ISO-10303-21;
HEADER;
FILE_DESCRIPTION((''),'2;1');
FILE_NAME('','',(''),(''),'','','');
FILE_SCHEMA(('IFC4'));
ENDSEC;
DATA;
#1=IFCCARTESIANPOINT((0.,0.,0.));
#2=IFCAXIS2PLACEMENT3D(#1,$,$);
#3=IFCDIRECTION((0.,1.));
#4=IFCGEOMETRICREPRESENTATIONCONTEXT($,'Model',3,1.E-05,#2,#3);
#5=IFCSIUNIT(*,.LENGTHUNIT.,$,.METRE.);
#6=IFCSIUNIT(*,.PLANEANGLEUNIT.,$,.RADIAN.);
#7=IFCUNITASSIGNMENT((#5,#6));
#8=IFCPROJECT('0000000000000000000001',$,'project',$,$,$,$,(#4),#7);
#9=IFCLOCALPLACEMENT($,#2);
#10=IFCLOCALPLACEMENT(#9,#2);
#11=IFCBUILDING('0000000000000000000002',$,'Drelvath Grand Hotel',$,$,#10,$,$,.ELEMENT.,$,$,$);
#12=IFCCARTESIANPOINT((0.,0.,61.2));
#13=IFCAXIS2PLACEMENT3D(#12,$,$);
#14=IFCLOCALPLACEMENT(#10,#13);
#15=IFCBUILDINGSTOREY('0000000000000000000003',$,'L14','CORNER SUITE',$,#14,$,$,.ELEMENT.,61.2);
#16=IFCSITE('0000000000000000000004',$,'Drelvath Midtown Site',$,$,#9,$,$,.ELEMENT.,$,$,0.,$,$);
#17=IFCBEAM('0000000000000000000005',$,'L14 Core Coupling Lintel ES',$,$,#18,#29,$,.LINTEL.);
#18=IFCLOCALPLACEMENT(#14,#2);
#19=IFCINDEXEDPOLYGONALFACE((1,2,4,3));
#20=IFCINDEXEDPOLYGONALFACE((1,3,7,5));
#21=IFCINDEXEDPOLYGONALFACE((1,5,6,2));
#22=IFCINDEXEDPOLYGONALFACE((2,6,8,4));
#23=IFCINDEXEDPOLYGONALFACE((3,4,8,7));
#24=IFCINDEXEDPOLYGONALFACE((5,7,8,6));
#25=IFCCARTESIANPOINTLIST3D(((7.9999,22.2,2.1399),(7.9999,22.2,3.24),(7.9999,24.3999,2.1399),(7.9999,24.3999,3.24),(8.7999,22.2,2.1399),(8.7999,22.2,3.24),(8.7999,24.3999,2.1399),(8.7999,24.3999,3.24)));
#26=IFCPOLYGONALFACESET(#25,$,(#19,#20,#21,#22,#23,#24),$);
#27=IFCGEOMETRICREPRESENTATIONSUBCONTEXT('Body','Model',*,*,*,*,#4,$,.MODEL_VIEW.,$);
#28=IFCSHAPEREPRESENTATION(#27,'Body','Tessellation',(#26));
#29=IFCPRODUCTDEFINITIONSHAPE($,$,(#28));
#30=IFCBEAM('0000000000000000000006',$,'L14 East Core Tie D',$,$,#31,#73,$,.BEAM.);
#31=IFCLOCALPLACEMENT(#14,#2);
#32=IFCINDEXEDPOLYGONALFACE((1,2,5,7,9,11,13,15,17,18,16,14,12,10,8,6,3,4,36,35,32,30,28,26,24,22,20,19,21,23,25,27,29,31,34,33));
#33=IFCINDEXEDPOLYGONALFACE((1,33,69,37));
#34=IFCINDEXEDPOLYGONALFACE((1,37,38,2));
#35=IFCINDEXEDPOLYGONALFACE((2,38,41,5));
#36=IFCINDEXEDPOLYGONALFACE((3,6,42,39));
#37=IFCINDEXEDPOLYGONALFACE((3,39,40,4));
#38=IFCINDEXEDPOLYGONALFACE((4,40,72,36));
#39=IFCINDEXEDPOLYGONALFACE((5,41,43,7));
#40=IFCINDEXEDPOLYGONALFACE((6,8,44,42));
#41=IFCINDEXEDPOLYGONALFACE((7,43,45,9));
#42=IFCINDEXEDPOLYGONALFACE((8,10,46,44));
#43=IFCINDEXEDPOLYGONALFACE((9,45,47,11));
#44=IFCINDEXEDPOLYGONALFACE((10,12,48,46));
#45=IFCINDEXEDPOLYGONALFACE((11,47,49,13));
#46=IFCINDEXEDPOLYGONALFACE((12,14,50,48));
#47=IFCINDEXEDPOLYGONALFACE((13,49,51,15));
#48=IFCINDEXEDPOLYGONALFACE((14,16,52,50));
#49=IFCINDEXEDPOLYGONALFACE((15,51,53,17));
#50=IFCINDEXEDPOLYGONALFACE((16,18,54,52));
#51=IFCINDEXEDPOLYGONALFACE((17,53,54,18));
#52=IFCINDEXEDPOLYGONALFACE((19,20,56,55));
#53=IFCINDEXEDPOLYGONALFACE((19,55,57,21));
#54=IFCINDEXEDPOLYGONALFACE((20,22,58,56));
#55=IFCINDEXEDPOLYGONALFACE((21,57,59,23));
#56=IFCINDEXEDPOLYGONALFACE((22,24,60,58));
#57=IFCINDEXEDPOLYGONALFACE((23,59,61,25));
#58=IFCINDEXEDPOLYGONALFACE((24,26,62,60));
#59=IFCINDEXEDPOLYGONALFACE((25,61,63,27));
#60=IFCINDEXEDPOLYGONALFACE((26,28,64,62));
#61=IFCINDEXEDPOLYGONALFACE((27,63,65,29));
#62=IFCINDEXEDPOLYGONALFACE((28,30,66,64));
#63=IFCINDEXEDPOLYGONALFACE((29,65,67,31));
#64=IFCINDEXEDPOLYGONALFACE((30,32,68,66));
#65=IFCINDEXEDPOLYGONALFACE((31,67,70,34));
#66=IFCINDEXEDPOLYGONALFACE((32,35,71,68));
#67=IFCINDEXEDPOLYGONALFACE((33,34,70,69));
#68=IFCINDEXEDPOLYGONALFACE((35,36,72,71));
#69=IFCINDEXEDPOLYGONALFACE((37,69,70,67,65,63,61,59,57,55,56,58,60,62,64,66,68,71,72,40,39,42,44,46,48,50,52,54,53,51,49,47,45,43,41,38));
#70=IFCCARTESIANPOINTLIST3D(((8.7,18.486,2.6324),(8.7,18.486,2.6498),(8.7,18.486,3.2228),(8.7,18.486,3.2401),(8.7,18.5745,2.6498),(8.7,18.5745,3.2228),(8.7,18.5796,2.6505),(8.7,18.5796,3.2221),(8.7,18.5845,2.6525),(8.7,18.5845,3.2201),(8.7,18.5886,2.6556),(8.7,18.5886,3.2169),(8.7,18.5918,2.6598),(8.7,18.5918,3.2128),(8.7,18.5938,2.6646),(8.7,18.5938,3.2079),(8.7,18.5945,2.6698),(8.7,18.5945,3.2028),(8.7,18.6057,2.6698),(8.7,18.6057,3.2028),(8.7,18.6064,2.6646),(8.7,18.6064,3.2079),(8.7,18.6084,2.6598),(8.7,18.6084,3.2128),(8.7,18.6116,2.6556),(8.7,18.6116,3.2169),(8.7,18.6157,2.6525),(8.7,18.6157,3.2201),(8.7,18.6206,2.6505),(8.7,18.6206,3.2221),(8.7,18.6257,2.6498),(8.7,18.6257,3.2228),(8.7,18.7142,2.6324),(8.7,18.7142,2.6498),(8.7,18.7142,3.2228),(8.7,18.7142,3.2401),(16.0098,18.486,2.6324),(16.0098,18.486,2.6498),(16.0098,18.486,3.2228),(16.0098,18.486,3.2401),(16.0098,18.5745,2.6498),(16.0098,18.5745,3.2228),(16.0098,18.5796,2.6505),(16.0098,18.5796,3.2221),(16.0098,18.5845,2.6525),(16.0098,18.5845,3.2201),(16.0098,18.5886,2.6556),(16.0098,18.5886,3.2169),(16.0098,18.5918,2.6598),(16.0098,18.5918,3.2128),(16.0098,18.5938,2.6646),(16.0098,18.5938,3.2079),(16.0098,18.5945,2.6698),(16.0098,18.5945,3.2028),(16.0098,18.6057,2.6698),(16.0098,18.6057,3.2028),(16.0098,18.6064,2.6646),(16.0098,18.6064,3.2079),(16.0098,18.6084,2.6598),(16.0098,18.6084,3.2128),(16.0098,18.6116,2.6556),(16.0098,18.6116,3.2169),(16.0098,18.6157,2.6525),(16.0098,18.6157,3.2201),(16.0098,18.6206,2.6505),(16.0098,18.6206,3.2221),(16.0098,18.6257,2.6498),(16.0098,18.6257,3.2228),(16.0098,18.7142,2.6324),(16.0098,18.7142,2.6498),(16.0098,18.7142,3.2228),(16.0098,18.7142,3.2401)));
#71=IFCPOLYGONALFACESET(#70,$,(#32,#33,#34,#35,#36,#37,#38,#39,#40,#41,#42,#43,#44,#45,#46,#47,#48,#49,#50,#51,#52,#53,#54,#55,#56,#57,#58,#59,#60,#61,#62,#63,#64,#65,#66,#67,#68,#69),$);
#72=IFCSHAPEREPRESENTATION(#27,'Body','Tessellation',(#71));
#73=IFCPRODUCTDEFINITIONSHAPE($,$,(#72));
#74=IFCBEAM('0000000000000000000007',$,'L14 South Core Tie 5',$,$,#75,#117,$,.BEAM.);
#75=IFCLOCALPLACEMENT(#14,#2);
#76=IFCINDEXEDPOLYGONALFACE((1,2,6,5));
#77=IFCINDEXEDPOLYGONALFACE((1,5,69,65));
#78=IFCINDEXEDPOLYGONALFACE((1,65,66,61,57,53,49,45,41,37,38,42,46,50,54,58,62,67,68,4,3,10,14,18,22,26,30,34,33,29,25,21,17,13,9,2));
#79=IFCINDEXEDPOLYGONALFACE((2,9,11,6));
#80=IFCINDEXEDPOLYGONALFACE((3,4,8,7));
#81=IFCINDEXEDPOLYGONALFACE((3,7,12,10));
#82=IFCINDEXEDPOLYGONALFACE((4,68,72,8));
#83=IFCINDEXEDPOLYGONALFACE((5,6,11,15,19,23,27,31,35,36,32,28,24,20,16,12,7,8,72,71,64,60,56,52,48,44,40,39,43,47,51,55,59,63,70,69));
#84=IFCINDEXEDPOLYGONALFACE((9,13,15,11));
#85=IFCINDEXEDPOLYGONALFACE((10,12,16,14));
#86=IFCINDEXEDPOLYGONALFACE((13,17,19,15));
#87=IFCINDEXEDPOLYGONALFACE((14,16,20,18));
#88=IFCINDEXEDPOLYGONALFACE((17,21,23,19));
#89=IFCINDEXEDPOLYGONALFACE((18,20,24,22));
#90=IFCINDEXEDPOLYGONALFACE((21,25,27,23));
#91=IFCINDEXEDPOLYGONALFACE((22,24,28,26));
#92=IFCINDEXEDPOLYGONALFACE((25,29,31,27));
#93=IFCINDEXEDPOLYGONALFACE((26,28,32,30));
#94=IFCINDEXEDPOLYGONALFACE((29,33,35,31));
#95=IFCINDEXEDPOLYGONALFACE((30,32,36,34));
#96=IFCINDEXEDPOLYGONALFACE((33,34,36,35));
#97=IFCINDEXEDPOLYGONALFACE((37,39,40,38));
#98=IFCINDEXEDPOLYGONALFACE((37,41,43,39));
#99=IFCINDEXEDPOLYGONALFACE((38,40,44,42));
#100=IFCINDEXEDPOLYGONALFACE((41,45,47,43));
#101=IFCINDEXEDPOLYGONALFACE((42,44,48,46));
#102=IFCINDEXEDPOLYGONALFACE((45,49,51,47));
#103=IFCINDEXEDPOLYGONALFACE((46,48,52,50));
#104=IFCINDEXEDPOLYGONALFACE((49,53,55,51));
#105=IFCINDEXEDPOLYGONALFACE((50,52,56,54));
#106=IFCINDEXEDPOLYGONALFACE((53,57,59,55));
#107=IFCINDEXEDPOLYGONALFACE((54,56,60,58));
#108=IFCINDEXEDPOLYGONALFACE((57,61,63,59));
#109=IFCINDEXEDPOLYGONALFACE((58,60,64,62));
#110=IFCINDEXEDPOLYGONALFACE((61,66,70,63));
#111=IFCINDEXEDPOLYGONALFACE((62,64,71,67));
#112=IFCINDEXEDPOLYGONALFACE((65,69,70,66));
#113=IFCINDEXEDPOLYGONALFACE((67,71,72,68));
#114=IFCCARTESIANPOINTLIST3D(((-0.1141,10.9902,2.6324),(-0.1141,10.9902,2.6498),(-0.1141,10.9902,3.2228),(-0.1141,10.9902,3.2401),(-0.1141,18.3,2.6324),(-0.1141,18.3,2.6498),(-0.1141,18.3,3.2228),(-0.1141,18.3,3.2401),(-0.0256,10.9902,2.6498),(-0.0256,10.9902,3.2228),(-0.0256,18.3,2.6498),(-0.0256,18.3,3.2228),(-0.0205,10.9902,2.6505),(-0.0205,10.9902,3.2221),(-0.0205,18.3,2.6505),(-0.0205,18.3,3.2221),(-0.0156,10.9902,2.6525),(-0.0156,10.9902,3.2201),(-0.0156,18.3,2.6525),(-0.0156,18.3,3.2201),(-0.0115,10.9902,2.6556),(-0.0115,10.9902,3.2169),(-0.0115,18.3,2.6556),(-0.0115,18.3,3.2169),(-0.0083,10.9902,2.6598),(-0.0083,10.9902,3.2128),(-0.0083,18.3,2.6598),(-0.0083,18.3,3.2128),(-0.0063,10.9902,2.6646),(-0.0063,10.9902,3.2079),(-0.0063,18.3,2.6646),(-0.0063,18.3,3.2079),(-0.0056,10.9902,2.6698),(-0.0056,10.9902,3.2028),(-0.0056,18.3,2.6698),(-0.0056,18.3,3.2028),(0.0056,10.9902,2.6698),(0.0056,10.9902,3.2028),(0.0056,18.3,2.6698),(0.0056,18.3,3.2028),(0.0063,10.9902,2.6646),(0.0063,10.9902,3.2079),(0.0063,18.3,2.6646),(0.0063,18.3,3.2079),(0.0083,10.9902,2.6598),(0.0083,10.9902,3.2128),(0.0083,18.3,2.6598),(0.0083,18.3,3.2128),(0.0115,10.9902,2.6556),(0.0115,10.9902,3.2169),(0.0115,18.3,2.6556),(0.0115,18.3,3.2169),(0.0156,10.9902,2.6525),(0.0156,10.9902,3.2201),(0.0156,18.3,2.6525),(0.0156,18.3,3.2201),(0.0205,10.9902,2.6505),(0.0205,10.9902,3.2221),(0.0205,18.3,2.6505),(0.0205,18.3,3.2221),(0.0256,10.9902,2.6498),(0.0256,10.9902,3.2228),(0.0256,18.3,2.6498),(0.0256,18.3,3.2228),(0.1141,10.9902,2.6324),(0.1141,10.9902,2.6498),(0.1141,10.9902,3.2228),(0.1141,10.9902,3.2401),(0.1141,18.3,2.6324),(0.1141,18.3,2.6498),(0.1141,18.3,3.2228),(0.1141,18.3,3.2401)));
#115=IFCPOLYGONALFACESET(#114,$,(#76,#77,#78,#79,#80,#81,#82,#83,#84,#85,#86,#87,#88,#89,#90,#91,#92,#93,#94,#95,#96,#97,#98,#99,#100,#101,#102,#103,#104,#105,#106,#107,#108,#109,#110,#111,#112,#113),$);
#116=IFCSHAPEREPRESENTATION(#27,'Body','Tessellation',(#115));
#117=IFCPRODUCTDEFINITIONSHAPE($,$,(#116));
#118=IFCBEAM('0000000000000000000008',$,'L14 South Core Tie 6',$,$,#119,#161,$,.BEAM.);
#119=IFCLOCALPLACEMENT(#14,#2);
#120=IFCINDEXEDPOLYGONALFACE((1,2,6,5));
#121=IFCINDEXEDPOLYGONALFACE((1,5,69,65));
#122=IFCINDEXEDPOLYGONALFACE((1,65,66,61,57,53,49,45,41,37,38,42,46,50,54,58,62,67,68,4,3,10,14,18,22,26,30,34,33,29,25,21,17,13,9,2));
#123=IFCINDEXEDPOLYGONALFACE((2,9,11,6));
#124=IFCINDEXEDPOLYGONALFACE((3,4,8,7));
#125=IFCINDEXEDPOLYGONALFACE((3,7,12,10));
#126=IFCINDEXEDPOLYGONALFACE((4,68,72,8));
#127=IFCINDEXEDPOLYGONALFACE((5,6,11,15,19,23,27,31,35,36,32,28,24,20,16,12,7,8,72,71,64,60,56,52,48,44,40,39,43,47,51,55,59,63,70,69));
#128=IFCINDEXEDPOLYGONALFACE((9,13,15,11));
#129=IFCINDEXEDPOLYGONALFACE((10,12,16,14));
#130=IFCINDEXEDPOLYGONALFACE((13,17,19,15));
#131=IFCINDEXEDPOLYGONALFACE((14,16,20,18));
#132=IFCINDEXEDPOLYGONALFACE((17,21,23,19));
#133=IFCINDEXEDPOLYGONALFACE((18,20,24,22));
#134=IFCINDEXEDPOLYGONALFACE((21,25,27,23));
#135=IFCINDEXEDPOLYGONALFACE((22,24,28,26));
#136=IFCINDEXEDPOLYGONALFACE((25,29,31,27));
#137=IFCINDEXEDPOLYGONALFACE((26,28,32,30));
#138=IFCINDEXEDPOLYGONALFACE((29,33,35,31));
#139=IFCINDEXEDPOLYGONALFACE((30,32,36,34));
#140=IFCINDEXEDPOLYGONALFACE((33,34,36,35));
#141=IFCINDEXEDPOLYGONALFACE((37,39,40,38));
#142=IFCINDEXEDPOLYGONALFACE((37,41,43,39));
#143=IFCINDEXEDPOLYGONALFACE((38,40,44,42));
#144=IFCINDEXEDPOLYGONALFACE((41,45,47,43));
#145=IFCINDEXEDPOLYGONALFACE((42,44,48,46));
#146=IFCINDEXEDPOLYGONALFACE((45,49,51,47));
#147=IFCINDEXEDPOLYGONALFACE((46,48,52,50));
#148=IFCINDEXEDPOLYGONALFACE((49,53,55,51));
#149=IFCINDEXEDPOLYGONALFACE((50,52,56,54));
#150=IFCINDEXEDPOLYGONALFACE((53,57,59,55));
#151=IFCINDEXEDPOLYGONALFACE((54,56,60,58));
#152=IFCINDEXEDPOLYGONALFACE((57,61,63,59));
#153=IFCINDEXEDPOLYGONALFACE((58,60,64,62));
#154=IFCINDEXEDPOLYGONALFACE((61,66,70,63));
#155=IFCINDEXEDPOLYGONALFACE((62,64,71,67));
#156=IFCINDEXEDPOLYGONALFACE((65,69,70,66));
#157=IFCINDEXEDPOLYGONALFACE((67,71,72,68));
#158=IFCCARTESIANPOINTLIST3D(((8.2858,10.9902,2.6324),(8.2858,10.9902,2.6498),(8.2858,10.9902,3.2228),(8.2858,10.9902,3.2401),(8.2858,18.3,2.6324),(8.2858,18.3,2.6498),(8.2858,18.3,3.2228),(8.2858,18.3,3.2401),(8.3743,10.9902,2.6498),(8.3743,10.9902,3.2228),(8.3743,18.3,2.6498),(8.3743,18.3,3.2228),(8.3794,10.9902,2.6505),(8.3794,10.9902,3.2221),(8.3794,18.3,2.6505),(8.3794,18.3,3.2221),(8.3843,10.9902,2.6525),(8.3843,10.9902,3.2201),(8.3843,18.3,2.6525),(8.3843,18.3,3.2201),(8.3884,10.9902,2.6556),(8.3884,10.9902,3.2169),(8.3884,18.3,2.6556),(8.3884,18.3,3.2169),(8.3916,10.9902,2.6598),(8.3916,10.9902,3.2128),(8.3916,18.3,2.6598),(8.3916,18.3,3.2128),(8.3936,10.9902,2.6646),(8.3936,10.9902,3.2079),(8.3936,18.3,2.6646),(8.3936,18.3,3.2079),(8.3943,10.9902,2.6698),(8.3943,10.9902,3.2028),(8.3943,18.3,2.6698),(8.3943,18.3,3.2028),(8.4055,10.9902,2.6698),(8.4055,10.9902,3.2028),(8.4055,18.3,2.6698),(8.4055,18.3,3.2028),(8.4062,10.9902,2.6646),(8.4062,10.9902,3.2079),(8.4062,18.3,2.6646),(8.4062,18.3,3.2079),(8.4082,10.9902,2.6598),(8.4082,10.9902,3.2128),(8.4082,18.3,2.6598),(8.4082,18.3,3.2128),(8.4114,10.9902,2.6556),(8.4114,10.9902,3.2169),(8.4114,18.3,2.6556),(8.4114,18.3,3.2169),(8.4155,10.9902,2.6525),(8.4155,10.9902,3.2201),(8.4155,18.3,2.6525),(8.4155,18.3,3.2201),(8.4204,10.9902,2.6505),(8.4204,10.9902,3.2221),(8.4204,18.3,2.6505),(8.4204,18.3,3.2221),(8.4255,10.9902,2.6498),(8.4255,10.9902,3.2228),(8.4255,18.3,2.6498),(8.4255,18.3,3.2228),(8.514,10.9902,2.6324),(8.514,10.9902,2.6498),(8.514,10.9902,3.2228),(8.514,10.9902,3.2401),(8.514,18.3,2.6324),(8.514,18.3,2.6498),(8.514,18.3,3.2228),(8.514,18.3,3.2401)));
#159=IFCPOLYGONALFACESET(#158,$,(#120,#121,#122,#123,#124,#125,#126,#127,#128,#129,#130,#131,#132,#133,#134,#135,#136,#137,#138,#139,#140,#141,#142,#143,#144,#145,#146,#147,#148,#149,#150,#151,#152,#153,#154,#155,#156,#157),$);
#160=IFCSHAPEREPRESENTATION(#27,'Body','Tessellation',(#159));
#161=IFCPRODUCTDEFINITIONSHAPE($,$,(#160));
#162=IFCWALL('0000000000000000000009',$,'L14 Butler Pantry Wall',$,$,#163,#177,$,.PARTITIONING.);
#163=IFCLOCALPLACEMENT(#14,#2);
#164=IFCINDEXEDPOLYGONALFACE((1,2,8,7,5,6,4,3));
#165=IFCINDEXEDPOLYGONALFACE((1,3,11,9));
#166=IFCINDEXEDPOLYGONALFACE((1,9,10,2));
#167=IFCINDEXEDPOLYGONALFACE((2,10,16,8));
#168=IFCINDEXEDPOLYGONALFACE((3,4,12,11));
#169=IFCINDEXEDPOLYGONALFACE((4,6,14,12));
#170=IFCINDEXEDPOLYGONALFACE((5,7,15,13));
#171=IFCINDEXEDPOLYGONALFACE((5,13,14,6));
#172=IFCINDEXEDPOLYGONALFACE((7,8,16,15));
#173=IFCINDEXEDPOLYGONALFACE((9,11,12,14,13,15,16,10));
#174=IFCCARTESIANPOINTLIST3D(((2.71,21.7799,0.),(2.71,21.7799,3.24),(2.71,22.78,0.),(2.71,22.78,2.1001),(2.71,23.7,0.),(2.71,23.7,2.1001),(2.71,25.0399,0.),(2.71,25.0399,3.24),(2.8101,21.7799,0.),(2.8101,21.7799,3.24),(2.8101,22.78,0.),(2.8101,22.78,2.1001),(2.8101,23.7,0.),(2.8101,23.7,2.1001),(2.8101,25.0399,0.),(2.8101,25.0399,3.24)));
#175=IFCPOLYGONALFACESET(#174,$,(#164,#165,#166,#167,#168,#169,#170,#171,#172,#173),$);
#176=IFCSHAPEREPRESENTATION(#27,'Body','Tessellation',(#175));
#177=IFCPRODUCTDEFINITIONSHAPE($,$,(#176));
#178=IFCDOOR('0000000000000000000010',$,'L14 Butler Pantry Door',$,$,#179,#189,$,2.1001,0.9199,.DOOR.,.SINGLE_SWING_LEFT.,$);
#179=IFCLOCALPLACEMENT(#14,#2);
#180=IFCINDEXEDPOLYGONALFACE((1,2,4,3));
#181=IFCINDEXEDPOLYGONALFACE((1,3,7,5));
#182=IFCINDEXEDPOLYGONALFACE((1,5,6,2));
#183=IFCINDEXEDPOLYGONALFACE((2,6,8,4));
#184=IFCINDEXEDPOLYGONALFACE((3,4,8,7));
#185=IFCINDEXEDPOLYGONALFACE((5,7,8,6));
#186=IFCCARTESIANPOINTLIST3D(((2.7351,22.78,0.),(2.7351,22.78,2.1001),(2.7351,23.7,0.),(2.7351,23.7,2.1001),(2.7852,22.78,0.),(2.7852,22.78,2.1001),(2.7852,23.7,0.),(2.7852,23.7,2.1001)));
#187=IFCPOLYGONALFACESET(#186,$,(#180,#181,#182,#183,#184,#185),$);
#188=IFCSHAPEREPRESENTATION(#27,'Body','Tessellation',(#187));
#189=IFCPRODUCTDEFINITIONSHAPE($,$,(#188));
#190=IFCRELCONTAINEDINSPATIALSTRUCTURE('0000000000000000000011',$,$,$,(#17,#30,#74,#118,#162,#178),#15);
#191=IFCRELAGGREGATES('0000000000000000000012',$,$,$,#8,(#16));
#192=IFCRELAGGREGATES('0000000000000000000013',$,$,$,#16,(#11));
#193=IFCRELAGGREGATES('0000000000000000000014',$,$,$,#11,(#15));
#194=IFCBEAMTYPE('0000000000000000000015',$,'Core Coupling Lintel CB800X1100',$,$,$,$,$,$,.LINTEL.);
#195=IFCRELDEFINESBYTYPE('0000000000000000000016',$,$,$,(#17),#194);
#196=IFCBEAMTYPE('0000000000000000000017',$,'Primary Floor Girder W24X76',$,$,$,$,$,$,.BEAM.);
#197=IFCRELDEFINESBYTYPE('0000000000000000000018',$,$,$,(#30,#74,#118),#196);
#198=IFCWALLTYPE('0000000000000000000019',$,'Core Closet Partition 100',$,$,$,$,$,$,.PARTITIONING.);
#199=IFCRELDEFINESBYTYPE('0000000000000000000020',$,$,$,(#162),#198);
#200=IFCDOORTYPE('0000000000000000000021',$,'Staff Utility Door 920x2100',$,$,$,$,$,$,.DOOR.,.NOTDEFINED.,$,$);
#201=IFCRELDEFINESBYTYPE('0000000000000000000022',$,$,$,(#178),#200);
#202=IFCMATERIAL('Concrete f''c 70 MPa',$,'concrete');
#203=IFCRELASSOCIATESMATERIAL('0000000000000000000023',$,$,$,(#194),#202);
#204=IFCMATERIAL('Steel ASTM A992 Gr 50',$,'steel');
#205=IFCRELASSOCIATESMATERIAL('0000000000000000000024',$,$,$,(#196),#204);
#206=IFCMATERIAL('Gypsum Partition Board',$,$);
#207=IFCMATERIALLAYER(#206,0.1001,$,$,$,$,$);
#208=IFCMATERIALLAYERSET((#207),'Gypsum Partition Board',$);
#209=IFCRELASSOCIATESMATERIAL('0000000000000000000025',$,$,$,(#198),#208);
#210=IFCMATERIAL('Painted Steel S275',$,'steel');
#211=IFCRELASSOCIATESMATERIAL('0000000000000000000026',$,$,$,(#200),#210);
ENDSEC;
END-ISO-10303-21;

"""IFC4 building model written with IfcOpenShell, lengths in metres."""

from ifc_helpers import new_model, si_unit, direction, frame, frame_2d, origin, origin_2d, place, context, subcontext, project, spatial, rectangle, i_section, extrude, material, layer, layer_set, material_profile, profile_set, type_object, element, fill, save


model = new_model("IFC4")

# Units and contexts
model_context = context("Model", 3, precision=1e-05, world=origin(), true_north=direction((0.0, 1.0)))
body_context = subcontext(model_context, "Body", "Model", "MODEL_VIEW")
ifc_project = project(units=[si_unit("LENGTHUNIT", "METRE"), si_unit("PLANEANGLEUNIT", "RADIAN")], contexts=[model_context])

# Site, building, storey
site_placement = place(None, origin())
site = spatial("IfcSite", under=ifc_project, at=site_placement, Name="Drelvath Midtown Site", CompositionType="ELEMENT", RefElevation=0.0)
building_placement = place(site_placement, origin())
building = spatial("IfcBuilding", under=site, at=building_placement, Name="Drelvath Grand Hotel", CompositionType="ELEMENT")
storey_placement = place(building_placement, frame((0.0, 0.0, 61.2)))
storey = spatial("IfcBuildingStorey", under=building, at=storey_placement, Name="L14", Description="CORNER SUITE", CompositionType="ELEMENT", Elevation=61.2)

# Beams
ifc_material_1 = material(Name="Concrete f'c 70 MPa", Category="concrete")
ifc_material_profile_1 = material_profile(ifc_material_1, rectangle(XDim=0.8, YDim=1.1001, at=origin_2d()), Name="CB800X1100")
ifc_profile_set_1 = profile_set([ifc_material_profile_1], Name="Concrete f'c 70 MPa")
beam_type_1 = type_object("IfcBeamType", Name="Core Coupling Lintel CB800X1100", PredefinedType="LINTEL", material=ifc_profile_set_1)
beam_placement = place(storey_placement, frame((8.3999, 22.2, 2.6899), z_axis=(0.0, 1.0, 0.0), x_axis=(-1.0, 0.0, 0.0)))
element("IfcBeam", 1, at=beam_placement, inside=storey, type_object=beam_type_1, Name="L14 Core Coupling Lintel ES", PredefinedType="LINTEL", context=body_context, shape_type="SweptSolid", body=[
    extrude(rectangle(XDim=0.8, YDim=1.1001, at=origin_2d()), origin(), (0.0, 0.0, 1.0), 2.2),
])
ifc_material_2 = material(Name="Steel ASTM A992 Gr 50", Category="steel")
ifc_material_profile_2 = material_profile(ifc_material_2, i_section(OverallWidth=0.2283, OverallDepth=0.6077, WebThickness=0.0112, FlangeThickness=0.0173, FilletRadius=0.02, at=origin_2d()), Name="W24X76")
ifc_profile_set_2 = profile_set([ifc_material_profile_2], Name="Steel ASTM A992 Gr 50")
beam_type_2 = type_object("IfcBeamType", Name="Primary Floor Girder W24X76", PredefinedType="BEAM", material=ifc_profile_set_2)
for number, where, z_axis, x_axis, name in (
    (2, (8.7, 18.6001, 2.9363), (1.0, 0.0, 0.0), (0.0, 1.0, 0.0), "L14 East Core Tie D"),
    (3, (0.0, 10.9902, 2.9363), (0.0, 1.0, 0.0), (-1.0, 0.0, 0.0), "L14 South Core Tie 5"),
    (4, (8.3999, 10.9902, 2.9363), (0.0, 1.0, 0.0), (-1.0, 0.0, 0.0), "L14 South Core Tie 6"),
):
    element("IfcBeam", number, at=place(storey_placement, frame(where, z_axis=z_axis, x_axis=x_axis)), inside=storey, type_object=beam_type_2, Name=name, PredefinedType="BEAM", context=body_context, shape_type="SweptSolid", body=[
        extrude(i_section(OverallWidth=0.2283, OverallDepth=0.6077, WebThickness=0.0112, FlangeThickness=0.0173, FilletRadius=0.02, at=origin_2d()), origin(), (0.0, 0.0, 1.0), 7.3098),
    ])

# Wall, opening, door
ifc_material_3 = material(Name="Gypsum Partition Board")
ifc_layer_1 = layer(ifc_material_3, 0.1001)
ifc_layer_set_1 = layer_set([ifc_layer_1], Name="Gypsum Partition Board")
wall_type_1 = type_object("IfcWallType", Name="Core Closet Partition 100", PredefinedType="PARTITIONING", material=ifc_layer_set_1)
wall_1_placement = place(storey_placement, frame((2.76, 21.78, 0.0), z_axis=(0.0, 0.0, 1.0), x_axis=(0.0, 1.0, 0.0)))
wall_1 = element("IfcWall", 5, at=wall_1_placement, inside=storey, type_object=wall_type_1, Name="L14 Butler Pantry Wall", PredefinedType="PARTITIONING", context=body_context, shape_type="SweptSolid", body=[
    extrude(rectangle(XDim=3.26, YDim=0.1001, at=frame_2d((1.6299, 0.0))), origin(), (0.0, 0.0, 1.0), 3.24),
])
opening_1_placement = place(wall_1_placement, frame((1.0, 0.0, 0.0)))
opening_1 = element("IfcOpeningElement", 6, at=opening_1_placement, cuts=wall_1, PredefinedType="OPENING", context=body_context, shape_type="SweptSolid", body=[
    extrude(rectangle(XDim=0.9199, YDim=2.1001, at=frame_2d((0.46, 1.05))), frame((0.0, 0.0601, 0.0), z_axis=(0.0, -1.0, 0.0), x_axis=(1.0, 0.0, 0.0)), (0.0, 0.0, 1.0), 0.1201),
])
ifc_material_4 = material(Name="Painted Steel S275", Category="steel")
door_type_1 = type_object("IfcDoorType", Name="Staff Utility Door 920x2100", OperationType="NOTDEFINED", PredefinedType="DOOR", material=ifc_material_4)
door_1_placement = place(opening_1_placement, origin())
door_1 = element("IfcDoor", 7, at=door_1_placement, inside=storey, type_object=door_type_1, Name="L14 Butler Pantry Door", OperationType="SINGLE_SWING_LEFT", OverallHeight=2.1001, OverallWidth=0.9199, PredefinedType="DOOR", context=body_context, shape_type="SweptSolid", body=[
    extrude(rectangle(XDim=0.9199, YDim=2.1001, at=frame_2d((0.46, 1.05))), frame((0.0, 0.0249, 0.0), z_axis=(0.0, -1.0, 0.0), x_axis=(1.0, 0.0, 0.0)), (0.0, 0.0, 1.0), 0.05),
])
fill(opening_1, door_1)

save(model, "model.ifc")
